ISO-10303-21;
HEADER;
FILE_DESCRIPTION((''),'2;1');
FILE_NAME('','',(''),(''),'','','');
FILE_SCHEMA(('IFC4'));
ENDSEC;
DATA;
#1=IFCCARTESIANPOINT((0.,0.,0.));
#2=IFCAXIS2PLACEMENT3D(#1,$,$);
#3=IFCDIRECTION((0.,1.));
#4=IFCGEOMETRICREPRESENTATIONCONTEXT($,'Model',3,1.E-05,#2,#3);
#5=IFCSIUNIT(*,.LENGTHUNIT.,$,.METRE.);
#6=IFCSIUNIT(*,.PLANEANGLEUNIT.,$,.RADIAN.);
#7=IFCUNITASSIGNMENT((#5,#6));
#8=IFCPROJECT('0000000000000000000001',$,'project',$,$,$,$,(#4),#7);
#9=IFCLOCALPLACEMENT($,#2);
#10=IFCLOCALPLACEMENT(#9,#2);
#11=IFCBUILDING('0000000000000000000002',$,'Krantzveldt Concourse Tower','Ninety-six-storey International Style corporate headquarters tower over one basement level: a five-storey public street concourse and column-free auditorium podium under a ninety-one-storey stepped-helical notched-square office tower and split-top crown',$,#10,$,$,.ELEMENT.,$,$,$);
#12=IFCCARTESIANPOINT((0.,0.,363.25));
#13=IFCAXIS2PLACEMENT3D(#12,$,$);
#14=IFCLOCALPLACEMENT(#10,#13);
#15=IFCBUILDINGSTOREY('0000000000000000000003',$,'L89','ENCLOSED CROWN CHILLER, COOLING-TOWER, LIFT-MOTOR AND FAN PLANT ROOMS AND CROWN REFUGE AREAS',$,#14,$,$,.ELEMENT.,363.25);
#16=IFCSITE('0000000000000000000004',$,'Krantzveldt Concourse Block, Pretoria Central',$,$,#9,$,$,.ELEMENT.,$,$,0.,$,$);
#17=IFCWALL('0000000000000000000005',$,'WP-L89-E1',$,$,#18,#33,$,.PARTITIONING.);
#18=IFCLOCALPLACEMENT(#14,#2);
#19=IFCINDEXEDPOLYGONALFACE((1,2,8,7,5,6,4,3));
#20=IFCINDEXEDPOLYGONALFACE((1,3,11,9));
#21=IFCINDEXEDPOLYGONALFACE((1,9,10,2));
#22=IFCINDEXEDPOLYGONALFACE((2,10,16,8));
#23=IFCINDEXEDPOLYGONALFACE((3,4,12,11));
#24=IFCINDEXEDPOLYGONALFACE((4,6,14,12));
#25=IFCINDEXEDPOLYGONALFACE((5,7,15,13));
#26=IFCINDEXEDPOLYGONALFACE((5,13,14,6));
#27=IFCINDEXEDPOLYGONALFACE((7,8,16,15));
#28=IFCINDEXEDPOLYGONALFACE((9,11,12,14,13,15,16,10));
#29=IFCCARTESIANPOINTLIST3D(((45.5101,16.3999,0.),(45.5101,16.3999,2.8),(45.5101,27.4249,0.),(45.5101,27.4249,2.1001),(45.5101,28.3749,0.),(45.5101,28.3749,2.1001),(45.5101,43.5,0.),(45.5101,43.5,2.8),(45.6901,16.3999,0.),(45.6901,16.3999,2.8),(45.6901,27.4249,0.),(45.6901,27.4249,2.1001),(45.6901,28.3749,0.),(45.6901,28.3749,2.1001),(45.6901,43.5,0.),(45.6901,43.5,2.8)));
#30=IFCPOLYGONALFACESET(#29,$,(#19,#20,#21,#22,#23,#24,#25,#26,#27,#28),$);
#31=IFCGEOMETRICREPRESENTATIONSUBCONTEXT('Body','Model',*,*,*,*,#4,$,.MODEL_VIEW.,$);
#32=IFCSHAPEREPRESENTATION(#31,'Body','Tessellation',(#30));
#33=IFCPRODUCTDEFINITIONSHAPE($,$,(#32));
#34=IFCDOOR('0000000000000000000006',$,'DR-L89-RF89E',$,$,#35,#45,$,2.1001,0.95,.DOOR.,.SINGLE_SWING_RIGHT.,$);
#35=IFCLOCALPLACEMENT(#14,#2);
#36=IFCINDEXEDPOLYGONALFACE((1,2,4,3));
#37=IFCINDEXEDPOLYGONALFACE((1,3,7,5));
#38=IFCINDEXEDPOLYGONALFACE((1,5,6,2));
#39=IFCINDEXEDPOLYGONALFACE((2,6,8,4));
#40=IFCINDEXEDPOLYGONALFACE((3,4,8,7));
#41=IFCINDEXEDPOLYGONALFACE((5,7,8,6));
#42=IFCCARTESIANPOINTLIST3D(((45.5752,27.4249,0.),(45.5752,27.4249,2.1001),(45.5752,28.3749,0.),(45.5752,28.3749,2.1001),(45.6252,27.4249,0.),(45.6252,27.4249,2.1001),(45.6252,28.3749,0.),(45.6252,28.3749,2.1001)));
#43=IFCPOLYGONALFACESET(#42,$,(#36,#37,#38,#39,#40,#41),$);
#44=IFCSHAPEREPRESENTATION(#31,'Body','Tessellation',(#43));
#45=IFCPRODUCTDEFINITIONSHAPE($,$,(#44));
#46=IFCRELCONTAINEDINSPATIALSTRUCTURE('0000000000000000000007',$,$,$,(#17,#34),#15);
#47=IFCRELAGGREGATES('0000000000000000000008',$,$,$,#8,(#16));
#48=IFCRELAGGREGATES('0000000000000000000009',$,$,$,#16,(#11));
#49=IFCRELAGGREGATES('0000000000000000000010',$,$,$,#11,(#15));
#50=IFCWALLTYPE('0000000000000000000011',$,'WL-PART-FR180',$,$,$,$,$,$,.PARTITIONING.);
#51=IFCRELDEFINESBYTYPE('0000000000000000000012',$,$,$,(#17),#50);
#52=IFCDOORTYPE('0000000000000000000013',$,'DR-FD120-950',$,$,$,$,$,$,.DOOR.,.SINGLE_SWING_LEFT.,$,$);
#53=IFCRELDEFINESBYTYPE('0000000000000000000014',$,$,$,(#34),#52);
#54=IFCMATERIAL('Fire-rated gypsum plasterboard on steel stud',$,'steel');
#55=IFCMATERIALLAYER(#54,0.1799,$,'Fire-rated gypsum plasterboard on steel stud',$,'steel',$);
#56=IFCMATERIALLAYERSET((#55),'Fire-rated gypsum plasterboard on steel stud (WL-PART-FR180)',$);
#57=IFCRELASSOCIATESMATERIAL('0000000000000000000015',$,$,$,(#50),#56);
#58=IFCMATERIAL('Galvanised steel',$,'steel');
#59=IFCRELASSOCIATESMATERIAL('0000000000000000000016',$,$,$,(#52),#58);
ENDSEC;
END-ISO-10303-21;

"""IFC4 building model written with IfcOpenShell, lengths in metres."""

from ifc_helpers import new_model, si_unit, direction, frame, frame_2d, origin, place, context, subcontext, project, spatial, rectangle, extrude, material, layer, layer_set, type_object, element, fill, save


model = new_model("IFC4")

# Units and contexts
model_context = context("Model", 3, precision=1e-05, world=origin(), true_north=direction((0.0, 1.0)))
body_context = subcontext(model_context, "Body", "Model", "MODEL_VIEW")
ifc_project = project(units=[si_unit("LENGTHUNIT", "METRE"), si_unit("PLANEANGLEUNIT", "RADIAN")], contexts=[model_context])

# Site, building, storey
site_placement = place(None, origin())
site = spatial("IfcSite", under=ifc_project, at=site_placement, Name="Krantzveldt Concourse Block, Pretoria Central", CompositionType="ELEMENT", RefElevation=0.0)
building_placement = place(site_placement, origin())
building = spatial("IfcBuilding", under=site, at=building_placement, Name="Krantzveldt Concourse Tower", Description="Ninety-six-storey International Style corporate headquarters tower over one basement level: a five-storey public street concourse and column-free auditorium podium under a ninety-one-storey stepped-helical notched-square office tower and split-top crown", CompositionType="ELEMENT")
storey_placement = place(building_placement, frame((0.0, 0.0, 363.25)))
storey = spatial("IfcBuildingStorey", under=building, at=storey_placement, Name="L89", Description="ENCLOSED CROWN CHILLER, COOLING-TOWER, LIFT-MOTOR AND FAN PLANT ROOMS AND CROWN REFUGE AREAS", CompositionType="ELEMENT", Elevation=363.25)

# Shared definitions
ifc_material_1 = material(Name="Fire-rated gypsum plasterboard on steel stud", Category="steel")

# Wall, opening, door
ifc_layer_1 = layer(ifc_material_1, 0.1799, Name="Fire-rated gypsum plasterboard on steel stud", Category="steel")
ifc_layer_set_1 = layer_set([ifc_layer_1], Name="Fire-rated gypsum plasterboard on steel stud (WL-PART-FR180)")
wall_type_1 = type_object("IfcWallType", Name="WL-PART-FR180", PredefinedType="PARTITIONING", material=ifc_layer_set_1)
wall_1_placement = place(storey_placement, frame((45.6001, 16.3999, 0.0), z_axis=(0.0, 0.0, 1.0), x_axis=(0.0, 1.0, 0.0)))
wall_1 = element("IfcWall", 1, at=wall_1_placement, inside=storey, type_object=wall_type_1, Name="WP-L89-E1", PredefinedType="PARTITIONING", context=body_context, shape_type="SweptSolid", body=[
    extrude(rectangle(XDim=27.1001, YDim=0.1799, at=frame_2d((13.55, 0.0))), origin(), (0.0, 0.0, 1.0), 2.8),
])
opening_placement = place(wall_1_placement, frame((11.0249, 0.0, 0.0)))
opening = element("IfcOpeningElement", 2, at=opening_placement, cuts=wall_1, PredefinedType="OPENING", context=body_context, shape_type="SweptSolid", body=[
    extrude(rectangle(XDim=0.95, YDim=2.1001, at=frame_2d((0.4751, 1.05))), frame((0.0, 0.1001, 0.0), z_axis=(0.0, -1.0, 0.0), x_axis=(1.0, 0.0, 0.0)), (0.0, 0.0, 1.0), 0.2),
])
ifc_material_2 = material(Name="Galvanised steel", Category="steel")
door_type = type_object("IfcDoorType", Name="DR-FD120-950", OperationType="SINGLE_SWING_LEFT", PredefinedType="DOOR", material=ifc_material_2)
door_placement = place(opening_placement, origin())
door = element("IfcDoor", 3, at=door_placement, inside=storey, type_object=door_type, Name="DR-L89-RF89E", OperationType="SINGLE_SWING_RIGHT", OverallHeight=2.1001, OverallWidth=0.95, PredefinedType="DOOR", context=body_context, shape_type="SweptSolid", body=[
    extrude(rectangle(XDim=0.95, YDim=2.1001, at=frame_2d((0.4751, 1.05))), frame((0.0, 0.0249, 0.0), z_axis=(0.0, -1.0, 0.0), x_axis=(1.0, 0.0, 0.0)), (0.0, 0.0, 1.0), 0.05),
])
fill(opening, door)

save(model, "model.ifc")
